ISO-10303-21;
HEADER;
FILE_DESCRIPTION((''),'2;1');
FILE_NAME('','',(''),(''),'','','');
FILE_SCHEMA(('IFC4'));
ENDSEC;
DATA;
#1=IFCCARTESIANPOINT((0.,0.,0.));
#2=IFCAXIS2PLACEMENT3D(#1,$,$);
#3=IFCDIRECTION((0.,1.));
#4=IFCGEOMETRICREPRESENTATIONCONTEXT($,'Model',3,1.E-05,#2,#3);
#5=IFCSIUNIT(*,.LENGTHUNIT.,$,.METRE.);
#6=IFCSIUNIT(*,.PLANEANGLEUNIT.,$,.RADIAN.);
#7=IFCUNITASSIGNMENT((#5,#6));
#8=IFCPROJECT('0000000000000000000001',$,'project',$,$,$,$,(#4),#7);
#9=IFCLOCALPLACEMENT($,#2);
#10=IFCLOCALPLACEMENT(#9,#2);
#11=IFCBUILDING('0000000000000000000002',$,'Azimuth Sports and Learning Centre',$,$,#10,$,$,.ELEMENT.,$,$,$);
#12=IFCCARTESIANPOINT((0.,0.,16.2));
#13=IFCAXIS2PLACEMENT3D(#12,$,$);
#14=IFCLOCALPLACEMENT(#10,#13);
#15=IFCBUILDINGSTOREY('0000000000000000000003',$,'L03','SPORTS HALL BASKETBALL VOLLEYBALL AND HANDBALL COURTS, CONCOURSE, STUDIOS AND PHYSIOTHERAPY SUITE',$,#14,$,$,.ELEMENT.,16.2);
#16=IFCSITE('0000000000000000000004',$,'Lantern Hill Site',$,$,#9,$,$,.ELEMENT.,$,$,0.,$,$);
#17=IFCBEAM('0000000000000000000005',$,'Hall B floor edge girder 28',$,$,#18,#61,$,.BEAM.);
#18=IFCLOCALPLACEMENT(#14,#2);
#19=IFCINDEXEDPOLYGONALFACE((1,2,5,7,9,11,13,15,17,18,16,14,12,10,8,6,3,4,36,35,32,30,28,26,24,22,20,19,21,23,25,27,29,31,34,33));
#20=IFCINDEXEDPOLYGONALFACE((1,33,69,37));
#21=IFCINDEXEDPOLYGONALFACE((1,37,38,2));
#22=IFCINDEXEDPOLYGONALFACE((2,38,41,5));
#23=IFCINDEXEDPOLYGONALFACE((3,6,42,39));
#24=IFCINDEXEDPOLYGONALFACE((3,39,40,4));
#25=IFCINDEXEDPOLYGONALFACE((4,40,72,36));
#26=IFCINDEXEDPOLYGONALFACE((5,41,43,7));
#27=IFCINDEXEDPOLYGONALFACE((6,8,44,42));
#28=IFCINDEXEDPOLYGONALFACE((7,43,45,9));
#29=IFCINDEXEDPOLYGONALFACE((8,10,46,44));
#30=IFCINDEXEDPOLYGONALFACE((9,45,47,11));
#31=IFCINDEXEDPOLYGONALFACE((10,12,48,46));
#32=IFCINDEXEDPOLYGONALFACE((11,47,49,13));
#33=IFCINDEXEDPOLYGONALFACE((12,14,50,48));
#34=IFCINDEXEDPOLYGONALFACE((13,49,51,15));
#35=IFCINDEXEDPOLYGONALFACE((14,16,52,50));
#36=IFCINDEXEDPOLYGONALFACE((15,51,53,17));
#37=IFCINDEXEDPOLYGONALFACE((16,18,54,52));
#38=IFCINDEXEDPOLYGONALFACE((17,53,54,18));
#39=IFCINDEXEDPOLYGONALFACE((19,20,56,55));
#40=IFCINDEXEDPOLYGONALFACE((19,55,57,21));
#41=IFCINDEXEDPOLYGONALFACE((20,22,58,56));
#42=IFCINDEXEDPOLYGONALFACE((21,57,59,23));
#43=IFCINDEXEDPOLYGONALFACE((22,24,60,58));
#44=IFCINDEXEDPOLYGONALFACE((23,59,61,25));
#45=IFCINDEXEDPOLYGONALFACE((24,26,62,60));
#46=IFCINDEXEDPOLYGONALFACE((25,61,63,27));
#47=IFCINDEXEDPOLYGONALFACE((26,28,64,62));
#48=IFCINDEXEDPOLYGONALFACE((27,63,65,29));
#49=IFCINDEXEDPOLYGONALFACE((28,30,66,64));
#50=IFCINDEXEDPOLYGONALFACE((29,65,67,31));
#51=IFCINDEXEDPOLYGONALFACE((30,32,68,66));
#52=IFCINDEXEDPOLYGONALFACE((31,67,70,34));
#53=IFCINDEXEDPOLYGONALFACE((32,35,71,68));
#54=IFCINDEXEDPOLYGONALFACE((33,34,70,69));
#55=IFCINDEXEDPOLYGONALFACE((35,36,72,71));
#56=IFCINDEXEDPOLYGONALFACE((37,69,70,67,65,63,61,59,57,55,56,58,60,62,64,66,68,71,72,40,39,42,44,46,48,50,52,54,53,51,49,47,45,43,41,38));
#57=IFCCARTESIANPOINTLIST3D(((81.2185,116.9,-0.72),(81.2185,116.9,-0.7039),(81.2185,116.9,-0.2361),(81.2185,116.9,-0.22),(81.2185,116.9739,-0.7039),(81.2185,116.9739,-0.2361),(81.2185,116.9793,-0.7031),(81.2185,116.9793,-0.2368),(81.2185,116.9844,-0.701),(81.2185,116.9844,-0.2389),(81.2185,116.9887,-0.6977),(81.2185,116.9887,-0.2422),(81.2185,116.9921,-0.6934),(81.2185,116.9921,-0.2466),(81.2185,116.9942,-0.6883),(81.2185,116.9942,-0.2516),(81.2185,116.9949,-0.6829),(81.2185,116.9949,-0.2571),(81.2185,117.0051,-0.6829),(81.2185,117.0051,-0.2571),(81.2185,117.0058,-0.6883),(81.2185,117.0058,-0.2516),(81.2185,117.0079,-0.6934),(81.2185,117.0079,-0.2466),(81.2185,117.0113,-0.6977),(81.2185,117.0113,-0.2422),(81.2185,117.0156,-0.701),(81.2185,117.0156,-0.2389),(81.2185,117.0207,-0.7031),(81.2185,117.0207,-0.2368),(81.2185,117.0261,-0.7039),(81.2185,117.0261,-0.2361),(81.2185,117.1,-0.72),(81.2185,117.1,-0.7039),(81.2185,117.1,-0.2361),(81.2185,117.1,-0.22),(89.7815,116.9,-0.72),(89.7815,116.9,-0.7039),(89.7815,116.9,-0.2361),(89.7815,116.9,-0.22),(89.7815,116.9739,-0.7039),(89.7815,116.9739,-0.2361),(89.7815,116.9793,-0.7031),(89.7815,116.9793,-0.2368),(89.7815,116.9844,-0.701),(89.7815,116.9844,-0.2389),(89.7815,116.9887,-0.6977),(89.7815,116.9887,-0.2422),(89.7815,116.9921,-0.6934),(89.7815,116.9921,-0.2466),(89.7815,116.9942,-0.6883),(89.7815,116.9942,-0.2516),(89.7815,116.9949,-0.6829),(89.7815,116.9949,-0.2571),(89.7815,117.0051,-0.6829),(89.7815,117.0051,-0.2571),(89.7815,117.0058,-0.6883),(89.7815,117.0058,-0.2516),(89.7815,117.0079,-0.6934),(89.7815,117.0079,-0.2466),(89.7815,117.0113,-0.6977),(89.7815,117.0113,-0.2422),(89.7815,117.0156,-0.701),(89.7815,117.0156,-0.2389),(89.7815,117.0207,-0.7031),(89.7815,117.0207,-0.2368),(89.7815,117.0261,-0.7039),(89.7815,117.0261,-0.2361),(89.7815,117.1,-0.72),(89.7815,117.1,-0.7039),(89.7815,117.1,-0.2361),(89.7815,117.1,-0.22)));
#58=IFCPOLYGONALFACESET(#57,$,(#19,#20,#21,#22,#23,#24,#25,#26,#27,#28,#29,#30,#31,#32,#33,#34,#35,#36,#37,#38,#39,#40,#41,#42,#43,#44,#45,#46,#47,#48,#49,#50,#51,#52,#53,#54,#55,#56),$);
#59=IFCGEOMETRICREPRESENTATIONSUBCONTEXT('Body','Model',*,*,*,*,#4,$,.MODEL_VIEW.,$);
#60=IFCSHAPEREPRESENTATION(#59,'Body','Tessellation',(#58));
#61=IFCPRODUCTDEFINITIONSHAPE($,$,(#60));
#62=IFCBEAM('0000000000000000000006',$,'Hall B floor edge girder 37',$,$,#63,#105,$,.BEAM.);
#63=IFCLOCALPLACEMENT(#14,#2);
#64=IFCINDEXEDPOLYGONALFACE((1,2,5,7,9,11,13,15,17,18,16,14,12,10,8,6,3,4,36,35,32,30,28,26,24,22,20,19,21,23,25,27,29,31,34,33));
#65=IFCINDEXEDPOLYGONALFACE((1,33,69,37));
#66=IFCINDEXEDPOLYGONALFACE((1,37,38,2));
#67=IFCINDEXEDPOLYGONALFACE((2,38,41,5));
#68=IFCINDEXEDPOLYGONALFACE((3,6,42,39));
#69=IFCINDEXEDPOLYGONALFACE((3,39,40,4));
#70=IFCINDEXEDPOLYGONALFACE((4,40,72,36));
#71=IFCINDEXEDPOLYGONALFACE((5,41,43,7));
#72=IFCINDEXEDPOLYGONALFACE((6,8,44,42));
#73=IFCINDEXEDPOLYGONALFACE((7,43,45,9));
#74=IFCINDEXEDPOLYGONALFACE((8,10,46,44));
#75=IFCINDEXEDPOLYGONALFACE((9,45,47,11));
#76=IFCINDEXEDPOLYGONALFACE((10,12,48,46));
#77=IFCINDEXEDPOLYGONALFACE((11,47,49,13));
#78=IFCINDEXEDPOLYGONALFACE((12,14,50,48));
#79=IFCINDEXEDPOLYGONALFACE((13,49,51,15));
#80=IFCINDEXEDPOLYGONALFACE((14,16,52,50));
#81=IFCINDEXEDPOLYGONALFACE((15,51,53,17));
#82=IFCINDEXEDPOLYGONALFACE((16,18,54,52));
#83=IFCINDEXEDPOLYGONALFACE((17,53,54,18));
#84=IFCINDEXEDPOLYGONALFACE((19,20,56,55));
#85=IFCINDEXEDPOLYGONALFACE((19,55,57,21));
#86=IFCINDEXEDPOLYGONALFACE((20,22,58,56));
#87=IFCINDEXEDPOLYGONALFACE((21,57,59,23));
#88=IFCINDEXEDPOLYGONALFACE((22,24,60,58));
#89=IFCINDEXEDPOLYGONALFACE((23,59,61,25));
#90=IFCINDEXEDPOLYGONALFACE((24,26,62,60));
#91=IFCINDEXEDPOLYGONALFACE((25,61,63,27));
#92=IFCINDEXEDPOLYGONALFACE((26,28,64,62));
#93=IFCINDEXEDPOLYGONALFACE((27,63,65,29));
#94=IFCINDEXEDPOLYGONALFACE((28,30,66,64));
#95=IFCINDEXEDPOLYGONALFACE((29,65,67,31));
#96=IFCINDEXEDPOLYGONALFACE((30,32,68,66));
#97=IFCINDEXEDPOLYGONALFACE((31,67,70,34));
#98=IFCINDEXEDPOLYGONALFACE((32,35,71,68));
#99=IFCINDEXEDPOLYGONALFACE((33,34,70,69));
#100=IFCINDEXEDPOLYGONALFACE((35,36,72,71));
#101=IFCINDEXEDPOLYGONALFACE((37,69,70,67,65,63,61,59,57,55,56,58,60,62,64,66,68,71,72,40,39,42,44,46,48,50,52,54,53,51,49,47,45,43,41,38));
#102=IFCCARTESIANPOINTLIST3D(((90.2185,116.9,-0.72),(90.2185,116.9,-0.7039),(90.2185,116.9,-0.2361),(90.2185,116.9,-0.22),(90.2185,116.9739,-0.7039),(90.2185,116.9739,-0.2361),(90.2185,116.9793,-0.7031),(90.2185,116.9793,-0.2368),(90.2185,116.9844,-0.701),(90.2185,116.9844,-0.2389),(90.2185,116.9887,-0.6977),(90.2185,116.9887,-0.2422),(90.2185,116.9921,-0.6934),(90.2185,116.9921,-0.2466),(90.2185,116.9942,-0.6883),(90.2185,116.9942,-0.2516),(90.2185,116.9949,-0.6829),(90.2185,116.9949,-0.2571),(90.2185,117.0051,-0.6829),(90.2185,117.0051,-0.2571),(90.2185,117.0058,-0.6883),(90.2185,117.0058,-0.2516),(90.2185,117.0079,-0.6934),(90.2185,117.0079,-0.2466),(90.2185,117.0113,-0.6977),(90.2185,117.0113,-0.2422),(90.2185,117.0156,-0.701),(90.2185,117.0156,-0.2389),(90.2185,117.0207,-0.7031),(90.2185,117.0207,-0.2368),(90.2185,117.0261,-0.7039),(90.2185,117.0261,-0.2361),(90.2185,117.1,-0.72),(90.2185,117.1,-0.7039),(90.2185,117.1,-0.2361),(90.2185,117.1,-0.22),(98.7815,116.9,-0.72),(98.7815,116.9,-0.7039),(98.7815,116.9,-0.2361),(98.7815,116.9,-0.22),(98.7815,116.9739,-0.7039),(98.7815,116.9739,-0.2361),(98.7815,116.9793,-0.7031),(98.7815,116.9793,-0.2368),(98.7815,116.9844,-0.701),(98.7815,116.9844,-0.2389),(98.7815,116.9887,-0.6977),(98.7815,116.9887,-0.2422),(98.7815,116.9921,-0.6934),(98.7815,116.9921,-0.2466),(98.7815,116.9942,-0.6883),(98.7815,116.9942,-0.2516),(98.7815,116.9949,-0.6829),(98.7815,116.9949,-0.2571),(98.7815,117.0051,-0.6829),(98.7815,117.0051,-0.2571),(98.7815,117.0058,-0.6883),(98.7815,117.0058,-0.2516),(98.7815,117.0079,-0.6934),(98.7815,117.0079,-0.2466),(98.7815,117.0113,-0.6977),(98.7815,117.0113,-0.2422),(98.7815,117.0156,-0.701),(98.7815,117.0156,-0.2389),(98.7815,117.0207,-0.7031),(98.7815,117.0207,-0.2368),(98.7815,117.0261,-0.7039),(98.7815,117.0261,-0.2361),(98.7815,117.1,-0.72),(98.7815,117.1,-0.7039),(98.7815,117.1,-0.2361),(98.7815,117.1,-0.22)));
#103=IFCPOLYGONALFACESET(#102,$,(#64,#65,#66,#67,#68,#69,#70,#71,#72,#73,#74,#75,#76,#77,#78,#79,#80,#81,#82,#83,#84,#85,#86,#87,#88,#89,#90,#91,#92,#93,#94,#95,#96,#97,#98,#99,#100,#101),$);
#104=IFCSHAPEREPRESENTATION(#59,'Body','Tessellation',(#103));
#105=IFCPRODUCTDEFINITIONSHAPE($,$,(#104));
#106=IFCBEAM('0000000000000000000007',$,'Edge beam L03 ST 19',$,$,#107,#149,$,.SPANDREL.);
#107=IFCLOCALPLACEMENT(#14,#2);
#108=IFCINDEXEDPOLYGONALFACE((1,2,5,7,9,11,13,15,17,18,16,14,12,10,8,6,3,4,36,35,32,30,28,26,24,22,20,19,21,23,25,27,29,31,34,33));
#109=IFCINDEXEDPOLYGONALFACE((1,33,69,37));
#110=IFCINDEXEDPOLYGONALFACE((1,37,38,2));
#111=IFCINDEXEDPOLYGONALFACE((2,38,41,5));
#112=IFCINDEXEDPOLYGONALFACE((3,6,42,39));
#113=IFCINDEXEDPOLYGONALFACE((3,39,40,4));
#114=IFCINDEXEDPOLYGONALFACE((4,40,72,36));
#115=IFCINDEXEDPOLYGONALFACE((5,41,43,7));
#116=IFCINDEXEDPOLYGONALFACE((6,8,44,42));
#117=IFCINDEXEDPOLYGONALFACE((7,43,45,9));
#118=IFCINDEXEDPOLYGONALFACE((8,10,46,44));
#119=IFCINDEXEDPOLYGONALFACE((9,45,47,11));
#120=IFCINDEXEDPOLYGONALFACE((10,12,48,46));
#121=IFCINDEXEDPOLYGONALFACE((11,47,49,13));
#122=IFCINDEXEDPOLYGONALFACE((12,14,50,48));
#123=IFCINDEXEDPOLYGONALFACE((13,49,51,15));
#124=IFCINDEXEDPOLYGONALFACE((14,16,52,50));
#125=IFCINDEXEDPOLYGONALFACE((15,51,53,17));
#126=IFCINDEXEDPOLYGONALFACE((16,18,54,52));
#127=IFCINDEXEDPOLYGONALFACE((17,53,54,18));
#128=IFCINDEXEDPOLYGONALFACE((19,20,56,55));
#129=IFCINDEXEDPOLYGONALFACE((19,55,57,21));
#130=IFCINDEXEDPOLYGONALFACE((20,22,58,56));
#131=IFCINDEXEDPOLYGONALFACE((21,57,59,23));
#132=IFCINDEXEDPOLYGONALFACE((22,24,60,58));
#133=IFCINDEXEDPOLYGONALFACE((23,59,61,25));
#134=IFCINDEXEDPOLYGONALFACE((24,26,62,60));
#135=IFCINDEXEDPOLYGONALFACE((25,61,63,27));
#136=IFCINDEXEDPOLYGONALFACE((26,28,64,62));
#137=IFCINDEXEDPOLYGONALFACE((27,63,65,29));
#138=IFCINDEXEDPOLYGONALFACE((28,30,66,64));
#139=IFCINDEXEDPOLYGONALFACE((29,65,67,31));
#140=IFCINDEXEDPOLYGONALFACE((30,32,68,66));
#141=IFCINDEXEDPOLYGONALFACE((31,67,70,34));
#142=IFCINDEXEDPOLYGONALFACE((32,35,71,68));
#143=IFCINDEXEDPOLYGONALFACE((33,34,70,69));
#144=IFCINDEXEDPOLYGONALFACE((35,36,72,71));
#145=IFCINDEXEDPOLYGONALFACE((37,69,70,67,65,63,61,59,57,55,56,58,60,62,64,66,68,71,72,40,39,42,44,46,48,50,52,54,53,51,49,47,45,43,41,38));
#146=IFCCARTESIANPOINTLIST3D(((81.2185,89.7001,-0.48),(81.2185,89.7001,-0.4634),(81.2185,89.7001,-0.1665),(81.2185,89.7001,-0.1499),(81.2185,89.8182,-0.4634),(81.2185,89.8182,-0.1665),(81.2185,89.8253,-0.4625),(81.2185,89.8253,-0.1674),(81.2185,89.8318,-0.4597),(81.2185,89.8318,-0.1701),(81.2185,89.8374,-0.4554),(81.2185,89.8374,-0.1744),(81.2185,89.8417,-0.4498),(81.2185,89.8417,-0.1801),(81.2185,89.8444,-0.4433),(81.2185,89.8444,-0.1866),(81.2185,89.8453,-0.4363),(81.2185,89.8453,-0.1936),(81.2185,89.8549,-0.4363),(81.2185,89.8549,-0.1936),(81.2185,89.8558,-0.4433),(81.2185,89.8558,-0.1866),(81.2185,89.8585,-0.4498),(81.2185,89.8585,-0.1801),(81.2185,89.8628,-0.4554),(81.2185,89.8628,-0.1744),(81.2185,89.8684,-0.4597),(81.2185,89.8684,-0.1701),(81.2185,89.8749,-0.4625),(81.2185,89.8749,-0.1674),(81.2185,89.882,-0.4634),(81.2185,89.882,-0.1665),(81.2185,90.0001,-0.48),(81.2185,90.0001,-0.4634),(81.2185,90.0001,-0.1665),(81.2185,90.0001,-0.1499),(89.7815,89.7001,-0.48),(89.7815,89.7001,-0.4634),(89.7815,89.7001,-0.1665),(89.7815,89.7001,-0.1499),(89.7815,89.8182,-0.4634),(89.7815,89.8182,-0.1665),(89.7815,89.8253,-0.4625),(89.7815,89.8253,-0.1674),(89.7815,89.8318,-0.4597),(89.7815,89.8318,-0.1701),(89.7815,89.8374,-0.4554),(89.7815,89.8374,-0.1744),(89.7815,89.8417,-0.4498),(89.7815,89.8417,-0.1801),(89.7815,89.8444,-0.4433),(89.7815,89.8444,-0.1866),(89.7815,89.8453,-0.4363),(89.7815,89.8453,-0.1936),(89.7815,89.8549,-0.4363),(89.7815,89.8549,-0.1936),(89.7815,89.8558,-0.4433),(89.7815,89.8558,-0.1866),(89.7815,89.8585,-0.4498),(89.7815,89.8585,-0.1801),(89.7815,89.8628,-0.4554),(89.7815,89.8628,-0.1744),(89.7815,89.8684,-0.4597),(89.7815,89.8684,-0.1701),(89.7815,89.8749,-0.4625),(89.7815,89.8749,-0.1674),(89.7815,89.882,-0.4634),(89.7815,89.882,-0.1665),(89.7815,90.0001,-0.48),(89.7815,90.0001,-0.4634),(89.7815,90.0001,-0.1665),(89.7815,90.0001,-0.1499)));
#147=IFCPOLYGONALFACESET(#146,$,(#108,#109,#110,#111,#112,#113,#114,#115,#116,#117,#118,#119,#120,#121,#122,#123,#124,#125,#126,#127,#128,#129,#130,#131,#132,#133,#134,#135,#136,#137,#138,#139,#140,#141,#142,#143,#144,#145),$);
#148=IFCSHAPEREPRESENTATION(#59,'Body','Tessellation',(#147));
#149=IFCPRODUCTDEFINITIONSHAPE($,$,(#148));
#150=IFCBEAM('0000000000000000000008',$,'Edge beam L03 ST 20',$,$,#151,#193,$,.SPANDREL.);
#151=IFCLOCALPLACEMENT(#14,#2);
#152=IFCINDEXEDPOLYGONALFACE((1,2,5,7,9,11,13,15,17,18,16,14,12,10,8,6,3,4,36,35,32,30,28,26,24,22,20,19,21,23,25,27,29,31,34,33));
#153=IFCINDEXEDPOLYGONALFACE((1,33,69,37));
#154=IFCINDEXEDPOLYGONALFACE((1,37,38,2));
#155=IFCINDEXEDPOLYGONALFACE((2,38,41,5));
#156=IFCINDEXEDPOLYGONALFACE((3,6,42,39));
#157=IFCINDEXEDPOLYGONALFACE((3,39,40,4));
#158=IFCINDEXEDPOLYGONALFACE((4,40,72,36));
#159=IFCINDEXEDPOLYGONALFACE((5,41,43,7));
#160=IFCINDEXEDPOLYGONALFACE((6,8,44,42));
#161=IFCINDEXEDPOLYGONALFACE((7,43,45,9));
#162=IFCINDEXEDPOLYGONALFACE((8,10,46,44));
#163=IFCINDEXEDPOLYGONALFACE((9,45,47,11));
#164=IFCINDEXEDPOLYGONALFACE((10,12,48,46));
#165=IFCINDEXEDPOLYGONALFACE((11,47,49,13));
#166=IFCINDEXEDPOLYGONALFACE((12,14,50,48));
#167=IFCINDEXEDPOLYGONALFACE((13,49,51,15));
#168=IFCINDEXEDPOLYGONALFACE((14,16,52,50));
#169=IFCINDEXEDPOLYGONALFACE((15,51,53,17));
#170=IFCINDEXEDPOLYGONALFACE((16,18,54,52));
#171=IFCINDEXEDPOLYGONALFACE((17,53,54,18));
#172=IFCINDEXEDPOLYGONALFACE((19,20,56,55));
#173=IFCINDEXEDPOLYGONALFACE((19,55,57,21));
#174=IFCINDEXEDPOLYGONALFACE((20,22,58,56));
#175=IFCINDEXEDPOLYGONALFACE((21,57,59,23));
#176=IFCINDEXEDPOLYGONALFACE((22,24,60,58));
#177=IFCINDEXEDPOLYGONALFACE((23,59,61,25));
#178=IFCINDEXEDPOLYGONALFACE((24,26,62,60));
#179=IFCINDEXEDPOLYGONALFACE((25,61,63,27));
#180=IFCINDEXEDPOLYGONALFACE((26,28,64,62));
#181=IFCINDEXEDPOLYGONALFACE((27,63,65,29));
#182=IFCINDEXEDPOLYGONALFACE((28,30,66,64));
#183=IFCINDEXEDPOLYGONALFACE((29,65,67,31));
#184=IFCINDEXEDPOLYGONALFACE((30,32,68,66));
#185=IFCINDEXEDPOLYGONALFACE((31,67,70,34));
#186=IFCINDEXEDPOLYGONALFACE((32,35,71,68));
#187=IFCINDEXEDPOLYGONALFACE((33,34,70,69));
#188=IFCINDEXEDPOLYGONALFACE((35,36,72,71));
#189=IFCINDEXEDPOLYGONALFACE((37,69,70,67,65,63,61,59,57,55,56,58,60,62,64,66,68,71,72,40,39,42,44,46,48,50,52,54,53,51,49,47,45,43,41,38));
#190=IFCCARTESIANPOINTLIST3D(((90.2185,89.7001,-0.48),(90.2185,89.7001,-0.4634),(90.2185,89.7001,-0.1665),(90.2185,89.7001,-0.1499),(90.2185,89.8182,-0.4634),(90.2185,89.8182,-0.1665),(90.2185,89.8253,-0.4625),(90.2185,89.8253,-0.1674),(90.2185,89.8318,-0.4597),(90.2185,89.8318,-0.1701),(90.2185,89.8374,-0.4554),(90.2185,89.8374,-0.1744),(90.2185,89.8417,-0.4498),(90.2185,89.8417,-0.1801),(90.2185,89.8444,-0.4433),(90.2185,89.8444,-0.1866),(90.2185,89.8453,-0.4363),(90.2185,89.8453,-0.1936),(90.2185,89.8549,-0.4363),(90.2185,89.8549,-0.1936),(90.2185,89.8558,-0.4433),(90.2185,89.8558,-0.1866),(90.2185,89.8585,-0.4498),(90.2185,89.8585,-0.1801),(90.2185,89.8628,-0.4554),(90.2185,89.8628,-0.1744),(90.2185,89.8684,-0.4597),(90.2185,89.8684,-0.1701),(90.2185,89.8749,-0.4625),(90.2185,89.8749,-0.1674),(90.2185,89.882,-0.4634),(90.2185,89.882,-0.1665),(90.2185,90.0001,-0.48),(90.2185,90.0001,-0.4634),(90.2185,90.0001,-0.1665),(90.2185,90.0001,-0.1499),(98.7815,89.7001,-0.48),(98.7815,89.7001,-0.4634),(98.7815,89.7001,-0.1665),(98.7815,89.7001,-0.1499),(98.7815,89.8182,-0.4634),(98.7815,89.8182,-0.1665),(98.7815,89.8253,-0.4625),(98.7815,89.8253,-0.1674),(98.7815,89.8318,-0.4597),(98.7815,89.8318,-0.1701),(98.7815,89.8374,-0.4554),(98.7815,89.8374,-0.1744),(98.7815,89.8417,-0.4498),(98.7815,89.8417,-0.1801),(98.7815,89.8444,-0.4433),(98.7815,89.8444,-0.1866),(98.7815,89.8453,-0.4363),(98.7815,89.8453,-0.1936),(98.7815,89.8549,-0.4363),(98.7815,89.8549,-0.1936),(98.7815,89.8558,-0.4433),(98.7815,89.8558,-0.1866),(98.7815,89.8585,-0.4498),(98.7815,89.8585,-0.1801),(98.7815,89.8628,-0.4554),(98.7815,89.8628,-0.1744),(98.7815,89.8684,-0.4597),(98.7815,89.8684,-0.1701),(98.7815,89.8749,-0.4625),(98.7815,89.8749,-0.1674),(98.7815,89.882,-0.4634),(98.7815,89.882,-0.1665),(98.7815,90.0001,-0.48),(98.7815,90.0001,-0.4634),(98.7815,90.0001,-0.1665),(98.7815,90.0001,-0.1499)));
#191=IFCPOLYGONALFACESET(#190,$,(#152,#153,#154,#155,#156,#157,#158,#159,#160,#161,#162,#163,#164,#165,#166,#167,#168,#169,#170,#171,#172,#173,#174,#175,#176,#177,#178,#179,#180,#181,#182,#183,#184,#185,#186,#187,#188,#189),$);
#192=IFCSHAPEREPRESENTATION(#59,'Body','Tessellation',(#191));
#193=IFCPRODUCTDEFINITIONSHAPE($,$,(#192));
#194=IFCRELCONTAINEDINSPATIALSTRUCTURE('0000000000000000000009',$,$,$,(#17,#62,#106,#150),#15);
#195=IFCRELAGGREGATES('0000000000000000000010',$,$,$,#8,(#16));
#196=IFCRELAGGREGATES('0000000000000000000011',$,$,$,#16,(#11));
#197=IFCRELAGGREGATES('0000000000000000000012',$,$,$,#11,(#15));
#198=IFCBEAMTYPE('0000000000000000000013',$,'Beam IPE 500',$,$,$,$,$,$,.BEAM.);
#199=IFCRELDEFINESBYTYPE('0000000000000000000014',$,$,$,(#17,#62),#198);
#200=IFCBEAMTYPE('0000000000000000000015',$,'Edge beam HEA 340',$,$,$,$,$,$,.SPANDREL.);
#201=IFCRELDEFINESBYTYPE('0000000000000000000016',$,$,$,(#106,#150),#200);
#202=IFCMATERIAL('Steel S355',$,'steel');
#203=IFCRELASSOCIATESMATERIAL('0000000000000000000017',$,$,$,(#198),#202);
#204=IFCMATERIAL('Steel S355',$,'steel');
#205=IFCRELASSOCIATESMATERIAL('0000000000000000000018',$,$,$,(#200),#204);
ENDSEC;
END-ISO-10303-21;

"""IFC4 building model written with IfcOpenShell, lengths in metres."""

from ifc_helpers import new_model, si_unit, direction, frame, origin, origin_2d, place, context, subcontext, project, spatial, i_section, extrude, material, material_profile, profile_set, type_object, element, save


model = new_model("IFC4")

# Units and contexts
model_context = context("Model", 3, precision=1e-05, world=origin(), true_north=direction((0.0, 1.0)))
body_context = subcontext(model_context, "Body", "Model", "MODEL_VIEW")
ifc_project = project(units=[si_unit("LENGTHUNIT", "METRE"), si_unit("PLANEANGLEUNIT", "RADIAN")], contexts=[model_context])

# Site, building, storey
site_placement = place(None, origin())
site = spatial("IfcSite", under=ifc_project, at=site_placement, Name="Lantern Hill Site", CompositionType="ELEMENT", RefElevation=0.0)
building_placement = place(site_placement, origin())
building = spatial("IfcBuilding", under=site, at=building_placement, Name="Azimuth Sports and Learning Centre", CompositionType="ELEMENT")
storey_placement = place(building_placement, frame((0.0, 0.0, 16.2)))
storey = spatial("IfcBuildingStorey", under=building, at=storey_placement, Name="L03", Description="SPORTS HALL BASKETBALL VOLLEYBALL AND HANDBALL COURTS, CONCOURSE, STUDIOS AND PHYSIOTHERAPY SUITE", CompositionType="ELEMENT", Elevation=16.2)

# Beams
ifc_material_1 = material(Name="Steel S355", Category="steel")
ifc_material_profile_1 = material_profile(ifc_material_1, i_section(OverallWidth=0.2, OverallDepth=0.5, WebThickness=0.0103, FlangeThickness=0.0161, FilletRadius=0.021, at=origin_2d()), Name="IPE 500")
ifc_profile_set_1 = profile_set([ifc_material_profile_1], Name="Steel S355")
beam_type_1 = type_object("IfcBeamType", Name="Beam IPE 500", PredefinedType="BEAM", material=ifc_profile_set_1)
for number, where, z_axis, x_axis, name in (
    (1, (81.2185, 117.0, -0.47), (1.0, 0.0, 0.0), (0.0, 1.0, 0.0), "Hall B floor edge girder 28"),
    (2, (90.2185, 117.0, -0.47), (1.0, 0.0, 0.0), (0.0, 1.0, 0.0), "Hall B floor edge girder 37"),
):
    element("IfcBeam", number, at=place(storey_placement, frame(where, z_axis=z_axis, x_axis=x_axis)), inside=storey, type_object=beam_type_1, Name=name, PredefinedType="BEAM", context=body_context, shape_type="SweptSolid", body=[
        extrude(i_section(OverallWidth=0.2, OverallDepth=0.5, WebThickness=0.0103, FlangeThickness=0.0161, FilletRadius=0.021, at=origin_2d()), origin(), (0.0, 0.0, 1.0), 8.563),
    ])
ifc_material_2 = material(Name="Steel S355", Category="steel")
ifc_material_profile_2 = material_profile(ifc_material_2, i_section(OverallWidth=0.3, OverallDepth=0.3301, WebThickness=0.0095, FlangeThickness=0.0166, FilletRadius=0.0271, at=origin_2d()), Name="HEA 340")
ifc_profile_set_2 = profile_set([ifc_material_profile_2], Name="Steel S355")
beam_type_2 = type_object("IfcBeamType", Name="Edge beam HEA 340", PredefinedType="SPANDREL", material=ifc_profile_set_2)
for number, where, z_axis, x_axis, name in (
    (3, (81.2185, 89.8501, -0.3149), (1.0, 0.0, 0.0), (0.0, 1.0, 0.0), "Edge beam L03 ST 19"),
    (4, (90.2185, 89.8501, -0.3149), (1.0, 0.0, 0.0), (0.0, 1.0, 0.0), "Edge beam L03 ST 20"),
):
    element("IfcBeam", number, at=place(storey_placement, frame(where, z_axis=z_axis, x_axis=x_axis)), inside=storey, type_object=beam_type_2, Name=name, PredefinedType="SPANDREL", context=body_context, shape_type="SweptSolid", body=[
        extrude(i_section(OverallWidth=0.3, OverallDepth=0.3301, WebThickness=0.0095, FlangeThickness=0.0166, FilletRadius=0.0271, at=origin_2d()), origin(), (0.0, 0.0, 1.0), 8.563),
    ])

save(model, "model.ifc")
